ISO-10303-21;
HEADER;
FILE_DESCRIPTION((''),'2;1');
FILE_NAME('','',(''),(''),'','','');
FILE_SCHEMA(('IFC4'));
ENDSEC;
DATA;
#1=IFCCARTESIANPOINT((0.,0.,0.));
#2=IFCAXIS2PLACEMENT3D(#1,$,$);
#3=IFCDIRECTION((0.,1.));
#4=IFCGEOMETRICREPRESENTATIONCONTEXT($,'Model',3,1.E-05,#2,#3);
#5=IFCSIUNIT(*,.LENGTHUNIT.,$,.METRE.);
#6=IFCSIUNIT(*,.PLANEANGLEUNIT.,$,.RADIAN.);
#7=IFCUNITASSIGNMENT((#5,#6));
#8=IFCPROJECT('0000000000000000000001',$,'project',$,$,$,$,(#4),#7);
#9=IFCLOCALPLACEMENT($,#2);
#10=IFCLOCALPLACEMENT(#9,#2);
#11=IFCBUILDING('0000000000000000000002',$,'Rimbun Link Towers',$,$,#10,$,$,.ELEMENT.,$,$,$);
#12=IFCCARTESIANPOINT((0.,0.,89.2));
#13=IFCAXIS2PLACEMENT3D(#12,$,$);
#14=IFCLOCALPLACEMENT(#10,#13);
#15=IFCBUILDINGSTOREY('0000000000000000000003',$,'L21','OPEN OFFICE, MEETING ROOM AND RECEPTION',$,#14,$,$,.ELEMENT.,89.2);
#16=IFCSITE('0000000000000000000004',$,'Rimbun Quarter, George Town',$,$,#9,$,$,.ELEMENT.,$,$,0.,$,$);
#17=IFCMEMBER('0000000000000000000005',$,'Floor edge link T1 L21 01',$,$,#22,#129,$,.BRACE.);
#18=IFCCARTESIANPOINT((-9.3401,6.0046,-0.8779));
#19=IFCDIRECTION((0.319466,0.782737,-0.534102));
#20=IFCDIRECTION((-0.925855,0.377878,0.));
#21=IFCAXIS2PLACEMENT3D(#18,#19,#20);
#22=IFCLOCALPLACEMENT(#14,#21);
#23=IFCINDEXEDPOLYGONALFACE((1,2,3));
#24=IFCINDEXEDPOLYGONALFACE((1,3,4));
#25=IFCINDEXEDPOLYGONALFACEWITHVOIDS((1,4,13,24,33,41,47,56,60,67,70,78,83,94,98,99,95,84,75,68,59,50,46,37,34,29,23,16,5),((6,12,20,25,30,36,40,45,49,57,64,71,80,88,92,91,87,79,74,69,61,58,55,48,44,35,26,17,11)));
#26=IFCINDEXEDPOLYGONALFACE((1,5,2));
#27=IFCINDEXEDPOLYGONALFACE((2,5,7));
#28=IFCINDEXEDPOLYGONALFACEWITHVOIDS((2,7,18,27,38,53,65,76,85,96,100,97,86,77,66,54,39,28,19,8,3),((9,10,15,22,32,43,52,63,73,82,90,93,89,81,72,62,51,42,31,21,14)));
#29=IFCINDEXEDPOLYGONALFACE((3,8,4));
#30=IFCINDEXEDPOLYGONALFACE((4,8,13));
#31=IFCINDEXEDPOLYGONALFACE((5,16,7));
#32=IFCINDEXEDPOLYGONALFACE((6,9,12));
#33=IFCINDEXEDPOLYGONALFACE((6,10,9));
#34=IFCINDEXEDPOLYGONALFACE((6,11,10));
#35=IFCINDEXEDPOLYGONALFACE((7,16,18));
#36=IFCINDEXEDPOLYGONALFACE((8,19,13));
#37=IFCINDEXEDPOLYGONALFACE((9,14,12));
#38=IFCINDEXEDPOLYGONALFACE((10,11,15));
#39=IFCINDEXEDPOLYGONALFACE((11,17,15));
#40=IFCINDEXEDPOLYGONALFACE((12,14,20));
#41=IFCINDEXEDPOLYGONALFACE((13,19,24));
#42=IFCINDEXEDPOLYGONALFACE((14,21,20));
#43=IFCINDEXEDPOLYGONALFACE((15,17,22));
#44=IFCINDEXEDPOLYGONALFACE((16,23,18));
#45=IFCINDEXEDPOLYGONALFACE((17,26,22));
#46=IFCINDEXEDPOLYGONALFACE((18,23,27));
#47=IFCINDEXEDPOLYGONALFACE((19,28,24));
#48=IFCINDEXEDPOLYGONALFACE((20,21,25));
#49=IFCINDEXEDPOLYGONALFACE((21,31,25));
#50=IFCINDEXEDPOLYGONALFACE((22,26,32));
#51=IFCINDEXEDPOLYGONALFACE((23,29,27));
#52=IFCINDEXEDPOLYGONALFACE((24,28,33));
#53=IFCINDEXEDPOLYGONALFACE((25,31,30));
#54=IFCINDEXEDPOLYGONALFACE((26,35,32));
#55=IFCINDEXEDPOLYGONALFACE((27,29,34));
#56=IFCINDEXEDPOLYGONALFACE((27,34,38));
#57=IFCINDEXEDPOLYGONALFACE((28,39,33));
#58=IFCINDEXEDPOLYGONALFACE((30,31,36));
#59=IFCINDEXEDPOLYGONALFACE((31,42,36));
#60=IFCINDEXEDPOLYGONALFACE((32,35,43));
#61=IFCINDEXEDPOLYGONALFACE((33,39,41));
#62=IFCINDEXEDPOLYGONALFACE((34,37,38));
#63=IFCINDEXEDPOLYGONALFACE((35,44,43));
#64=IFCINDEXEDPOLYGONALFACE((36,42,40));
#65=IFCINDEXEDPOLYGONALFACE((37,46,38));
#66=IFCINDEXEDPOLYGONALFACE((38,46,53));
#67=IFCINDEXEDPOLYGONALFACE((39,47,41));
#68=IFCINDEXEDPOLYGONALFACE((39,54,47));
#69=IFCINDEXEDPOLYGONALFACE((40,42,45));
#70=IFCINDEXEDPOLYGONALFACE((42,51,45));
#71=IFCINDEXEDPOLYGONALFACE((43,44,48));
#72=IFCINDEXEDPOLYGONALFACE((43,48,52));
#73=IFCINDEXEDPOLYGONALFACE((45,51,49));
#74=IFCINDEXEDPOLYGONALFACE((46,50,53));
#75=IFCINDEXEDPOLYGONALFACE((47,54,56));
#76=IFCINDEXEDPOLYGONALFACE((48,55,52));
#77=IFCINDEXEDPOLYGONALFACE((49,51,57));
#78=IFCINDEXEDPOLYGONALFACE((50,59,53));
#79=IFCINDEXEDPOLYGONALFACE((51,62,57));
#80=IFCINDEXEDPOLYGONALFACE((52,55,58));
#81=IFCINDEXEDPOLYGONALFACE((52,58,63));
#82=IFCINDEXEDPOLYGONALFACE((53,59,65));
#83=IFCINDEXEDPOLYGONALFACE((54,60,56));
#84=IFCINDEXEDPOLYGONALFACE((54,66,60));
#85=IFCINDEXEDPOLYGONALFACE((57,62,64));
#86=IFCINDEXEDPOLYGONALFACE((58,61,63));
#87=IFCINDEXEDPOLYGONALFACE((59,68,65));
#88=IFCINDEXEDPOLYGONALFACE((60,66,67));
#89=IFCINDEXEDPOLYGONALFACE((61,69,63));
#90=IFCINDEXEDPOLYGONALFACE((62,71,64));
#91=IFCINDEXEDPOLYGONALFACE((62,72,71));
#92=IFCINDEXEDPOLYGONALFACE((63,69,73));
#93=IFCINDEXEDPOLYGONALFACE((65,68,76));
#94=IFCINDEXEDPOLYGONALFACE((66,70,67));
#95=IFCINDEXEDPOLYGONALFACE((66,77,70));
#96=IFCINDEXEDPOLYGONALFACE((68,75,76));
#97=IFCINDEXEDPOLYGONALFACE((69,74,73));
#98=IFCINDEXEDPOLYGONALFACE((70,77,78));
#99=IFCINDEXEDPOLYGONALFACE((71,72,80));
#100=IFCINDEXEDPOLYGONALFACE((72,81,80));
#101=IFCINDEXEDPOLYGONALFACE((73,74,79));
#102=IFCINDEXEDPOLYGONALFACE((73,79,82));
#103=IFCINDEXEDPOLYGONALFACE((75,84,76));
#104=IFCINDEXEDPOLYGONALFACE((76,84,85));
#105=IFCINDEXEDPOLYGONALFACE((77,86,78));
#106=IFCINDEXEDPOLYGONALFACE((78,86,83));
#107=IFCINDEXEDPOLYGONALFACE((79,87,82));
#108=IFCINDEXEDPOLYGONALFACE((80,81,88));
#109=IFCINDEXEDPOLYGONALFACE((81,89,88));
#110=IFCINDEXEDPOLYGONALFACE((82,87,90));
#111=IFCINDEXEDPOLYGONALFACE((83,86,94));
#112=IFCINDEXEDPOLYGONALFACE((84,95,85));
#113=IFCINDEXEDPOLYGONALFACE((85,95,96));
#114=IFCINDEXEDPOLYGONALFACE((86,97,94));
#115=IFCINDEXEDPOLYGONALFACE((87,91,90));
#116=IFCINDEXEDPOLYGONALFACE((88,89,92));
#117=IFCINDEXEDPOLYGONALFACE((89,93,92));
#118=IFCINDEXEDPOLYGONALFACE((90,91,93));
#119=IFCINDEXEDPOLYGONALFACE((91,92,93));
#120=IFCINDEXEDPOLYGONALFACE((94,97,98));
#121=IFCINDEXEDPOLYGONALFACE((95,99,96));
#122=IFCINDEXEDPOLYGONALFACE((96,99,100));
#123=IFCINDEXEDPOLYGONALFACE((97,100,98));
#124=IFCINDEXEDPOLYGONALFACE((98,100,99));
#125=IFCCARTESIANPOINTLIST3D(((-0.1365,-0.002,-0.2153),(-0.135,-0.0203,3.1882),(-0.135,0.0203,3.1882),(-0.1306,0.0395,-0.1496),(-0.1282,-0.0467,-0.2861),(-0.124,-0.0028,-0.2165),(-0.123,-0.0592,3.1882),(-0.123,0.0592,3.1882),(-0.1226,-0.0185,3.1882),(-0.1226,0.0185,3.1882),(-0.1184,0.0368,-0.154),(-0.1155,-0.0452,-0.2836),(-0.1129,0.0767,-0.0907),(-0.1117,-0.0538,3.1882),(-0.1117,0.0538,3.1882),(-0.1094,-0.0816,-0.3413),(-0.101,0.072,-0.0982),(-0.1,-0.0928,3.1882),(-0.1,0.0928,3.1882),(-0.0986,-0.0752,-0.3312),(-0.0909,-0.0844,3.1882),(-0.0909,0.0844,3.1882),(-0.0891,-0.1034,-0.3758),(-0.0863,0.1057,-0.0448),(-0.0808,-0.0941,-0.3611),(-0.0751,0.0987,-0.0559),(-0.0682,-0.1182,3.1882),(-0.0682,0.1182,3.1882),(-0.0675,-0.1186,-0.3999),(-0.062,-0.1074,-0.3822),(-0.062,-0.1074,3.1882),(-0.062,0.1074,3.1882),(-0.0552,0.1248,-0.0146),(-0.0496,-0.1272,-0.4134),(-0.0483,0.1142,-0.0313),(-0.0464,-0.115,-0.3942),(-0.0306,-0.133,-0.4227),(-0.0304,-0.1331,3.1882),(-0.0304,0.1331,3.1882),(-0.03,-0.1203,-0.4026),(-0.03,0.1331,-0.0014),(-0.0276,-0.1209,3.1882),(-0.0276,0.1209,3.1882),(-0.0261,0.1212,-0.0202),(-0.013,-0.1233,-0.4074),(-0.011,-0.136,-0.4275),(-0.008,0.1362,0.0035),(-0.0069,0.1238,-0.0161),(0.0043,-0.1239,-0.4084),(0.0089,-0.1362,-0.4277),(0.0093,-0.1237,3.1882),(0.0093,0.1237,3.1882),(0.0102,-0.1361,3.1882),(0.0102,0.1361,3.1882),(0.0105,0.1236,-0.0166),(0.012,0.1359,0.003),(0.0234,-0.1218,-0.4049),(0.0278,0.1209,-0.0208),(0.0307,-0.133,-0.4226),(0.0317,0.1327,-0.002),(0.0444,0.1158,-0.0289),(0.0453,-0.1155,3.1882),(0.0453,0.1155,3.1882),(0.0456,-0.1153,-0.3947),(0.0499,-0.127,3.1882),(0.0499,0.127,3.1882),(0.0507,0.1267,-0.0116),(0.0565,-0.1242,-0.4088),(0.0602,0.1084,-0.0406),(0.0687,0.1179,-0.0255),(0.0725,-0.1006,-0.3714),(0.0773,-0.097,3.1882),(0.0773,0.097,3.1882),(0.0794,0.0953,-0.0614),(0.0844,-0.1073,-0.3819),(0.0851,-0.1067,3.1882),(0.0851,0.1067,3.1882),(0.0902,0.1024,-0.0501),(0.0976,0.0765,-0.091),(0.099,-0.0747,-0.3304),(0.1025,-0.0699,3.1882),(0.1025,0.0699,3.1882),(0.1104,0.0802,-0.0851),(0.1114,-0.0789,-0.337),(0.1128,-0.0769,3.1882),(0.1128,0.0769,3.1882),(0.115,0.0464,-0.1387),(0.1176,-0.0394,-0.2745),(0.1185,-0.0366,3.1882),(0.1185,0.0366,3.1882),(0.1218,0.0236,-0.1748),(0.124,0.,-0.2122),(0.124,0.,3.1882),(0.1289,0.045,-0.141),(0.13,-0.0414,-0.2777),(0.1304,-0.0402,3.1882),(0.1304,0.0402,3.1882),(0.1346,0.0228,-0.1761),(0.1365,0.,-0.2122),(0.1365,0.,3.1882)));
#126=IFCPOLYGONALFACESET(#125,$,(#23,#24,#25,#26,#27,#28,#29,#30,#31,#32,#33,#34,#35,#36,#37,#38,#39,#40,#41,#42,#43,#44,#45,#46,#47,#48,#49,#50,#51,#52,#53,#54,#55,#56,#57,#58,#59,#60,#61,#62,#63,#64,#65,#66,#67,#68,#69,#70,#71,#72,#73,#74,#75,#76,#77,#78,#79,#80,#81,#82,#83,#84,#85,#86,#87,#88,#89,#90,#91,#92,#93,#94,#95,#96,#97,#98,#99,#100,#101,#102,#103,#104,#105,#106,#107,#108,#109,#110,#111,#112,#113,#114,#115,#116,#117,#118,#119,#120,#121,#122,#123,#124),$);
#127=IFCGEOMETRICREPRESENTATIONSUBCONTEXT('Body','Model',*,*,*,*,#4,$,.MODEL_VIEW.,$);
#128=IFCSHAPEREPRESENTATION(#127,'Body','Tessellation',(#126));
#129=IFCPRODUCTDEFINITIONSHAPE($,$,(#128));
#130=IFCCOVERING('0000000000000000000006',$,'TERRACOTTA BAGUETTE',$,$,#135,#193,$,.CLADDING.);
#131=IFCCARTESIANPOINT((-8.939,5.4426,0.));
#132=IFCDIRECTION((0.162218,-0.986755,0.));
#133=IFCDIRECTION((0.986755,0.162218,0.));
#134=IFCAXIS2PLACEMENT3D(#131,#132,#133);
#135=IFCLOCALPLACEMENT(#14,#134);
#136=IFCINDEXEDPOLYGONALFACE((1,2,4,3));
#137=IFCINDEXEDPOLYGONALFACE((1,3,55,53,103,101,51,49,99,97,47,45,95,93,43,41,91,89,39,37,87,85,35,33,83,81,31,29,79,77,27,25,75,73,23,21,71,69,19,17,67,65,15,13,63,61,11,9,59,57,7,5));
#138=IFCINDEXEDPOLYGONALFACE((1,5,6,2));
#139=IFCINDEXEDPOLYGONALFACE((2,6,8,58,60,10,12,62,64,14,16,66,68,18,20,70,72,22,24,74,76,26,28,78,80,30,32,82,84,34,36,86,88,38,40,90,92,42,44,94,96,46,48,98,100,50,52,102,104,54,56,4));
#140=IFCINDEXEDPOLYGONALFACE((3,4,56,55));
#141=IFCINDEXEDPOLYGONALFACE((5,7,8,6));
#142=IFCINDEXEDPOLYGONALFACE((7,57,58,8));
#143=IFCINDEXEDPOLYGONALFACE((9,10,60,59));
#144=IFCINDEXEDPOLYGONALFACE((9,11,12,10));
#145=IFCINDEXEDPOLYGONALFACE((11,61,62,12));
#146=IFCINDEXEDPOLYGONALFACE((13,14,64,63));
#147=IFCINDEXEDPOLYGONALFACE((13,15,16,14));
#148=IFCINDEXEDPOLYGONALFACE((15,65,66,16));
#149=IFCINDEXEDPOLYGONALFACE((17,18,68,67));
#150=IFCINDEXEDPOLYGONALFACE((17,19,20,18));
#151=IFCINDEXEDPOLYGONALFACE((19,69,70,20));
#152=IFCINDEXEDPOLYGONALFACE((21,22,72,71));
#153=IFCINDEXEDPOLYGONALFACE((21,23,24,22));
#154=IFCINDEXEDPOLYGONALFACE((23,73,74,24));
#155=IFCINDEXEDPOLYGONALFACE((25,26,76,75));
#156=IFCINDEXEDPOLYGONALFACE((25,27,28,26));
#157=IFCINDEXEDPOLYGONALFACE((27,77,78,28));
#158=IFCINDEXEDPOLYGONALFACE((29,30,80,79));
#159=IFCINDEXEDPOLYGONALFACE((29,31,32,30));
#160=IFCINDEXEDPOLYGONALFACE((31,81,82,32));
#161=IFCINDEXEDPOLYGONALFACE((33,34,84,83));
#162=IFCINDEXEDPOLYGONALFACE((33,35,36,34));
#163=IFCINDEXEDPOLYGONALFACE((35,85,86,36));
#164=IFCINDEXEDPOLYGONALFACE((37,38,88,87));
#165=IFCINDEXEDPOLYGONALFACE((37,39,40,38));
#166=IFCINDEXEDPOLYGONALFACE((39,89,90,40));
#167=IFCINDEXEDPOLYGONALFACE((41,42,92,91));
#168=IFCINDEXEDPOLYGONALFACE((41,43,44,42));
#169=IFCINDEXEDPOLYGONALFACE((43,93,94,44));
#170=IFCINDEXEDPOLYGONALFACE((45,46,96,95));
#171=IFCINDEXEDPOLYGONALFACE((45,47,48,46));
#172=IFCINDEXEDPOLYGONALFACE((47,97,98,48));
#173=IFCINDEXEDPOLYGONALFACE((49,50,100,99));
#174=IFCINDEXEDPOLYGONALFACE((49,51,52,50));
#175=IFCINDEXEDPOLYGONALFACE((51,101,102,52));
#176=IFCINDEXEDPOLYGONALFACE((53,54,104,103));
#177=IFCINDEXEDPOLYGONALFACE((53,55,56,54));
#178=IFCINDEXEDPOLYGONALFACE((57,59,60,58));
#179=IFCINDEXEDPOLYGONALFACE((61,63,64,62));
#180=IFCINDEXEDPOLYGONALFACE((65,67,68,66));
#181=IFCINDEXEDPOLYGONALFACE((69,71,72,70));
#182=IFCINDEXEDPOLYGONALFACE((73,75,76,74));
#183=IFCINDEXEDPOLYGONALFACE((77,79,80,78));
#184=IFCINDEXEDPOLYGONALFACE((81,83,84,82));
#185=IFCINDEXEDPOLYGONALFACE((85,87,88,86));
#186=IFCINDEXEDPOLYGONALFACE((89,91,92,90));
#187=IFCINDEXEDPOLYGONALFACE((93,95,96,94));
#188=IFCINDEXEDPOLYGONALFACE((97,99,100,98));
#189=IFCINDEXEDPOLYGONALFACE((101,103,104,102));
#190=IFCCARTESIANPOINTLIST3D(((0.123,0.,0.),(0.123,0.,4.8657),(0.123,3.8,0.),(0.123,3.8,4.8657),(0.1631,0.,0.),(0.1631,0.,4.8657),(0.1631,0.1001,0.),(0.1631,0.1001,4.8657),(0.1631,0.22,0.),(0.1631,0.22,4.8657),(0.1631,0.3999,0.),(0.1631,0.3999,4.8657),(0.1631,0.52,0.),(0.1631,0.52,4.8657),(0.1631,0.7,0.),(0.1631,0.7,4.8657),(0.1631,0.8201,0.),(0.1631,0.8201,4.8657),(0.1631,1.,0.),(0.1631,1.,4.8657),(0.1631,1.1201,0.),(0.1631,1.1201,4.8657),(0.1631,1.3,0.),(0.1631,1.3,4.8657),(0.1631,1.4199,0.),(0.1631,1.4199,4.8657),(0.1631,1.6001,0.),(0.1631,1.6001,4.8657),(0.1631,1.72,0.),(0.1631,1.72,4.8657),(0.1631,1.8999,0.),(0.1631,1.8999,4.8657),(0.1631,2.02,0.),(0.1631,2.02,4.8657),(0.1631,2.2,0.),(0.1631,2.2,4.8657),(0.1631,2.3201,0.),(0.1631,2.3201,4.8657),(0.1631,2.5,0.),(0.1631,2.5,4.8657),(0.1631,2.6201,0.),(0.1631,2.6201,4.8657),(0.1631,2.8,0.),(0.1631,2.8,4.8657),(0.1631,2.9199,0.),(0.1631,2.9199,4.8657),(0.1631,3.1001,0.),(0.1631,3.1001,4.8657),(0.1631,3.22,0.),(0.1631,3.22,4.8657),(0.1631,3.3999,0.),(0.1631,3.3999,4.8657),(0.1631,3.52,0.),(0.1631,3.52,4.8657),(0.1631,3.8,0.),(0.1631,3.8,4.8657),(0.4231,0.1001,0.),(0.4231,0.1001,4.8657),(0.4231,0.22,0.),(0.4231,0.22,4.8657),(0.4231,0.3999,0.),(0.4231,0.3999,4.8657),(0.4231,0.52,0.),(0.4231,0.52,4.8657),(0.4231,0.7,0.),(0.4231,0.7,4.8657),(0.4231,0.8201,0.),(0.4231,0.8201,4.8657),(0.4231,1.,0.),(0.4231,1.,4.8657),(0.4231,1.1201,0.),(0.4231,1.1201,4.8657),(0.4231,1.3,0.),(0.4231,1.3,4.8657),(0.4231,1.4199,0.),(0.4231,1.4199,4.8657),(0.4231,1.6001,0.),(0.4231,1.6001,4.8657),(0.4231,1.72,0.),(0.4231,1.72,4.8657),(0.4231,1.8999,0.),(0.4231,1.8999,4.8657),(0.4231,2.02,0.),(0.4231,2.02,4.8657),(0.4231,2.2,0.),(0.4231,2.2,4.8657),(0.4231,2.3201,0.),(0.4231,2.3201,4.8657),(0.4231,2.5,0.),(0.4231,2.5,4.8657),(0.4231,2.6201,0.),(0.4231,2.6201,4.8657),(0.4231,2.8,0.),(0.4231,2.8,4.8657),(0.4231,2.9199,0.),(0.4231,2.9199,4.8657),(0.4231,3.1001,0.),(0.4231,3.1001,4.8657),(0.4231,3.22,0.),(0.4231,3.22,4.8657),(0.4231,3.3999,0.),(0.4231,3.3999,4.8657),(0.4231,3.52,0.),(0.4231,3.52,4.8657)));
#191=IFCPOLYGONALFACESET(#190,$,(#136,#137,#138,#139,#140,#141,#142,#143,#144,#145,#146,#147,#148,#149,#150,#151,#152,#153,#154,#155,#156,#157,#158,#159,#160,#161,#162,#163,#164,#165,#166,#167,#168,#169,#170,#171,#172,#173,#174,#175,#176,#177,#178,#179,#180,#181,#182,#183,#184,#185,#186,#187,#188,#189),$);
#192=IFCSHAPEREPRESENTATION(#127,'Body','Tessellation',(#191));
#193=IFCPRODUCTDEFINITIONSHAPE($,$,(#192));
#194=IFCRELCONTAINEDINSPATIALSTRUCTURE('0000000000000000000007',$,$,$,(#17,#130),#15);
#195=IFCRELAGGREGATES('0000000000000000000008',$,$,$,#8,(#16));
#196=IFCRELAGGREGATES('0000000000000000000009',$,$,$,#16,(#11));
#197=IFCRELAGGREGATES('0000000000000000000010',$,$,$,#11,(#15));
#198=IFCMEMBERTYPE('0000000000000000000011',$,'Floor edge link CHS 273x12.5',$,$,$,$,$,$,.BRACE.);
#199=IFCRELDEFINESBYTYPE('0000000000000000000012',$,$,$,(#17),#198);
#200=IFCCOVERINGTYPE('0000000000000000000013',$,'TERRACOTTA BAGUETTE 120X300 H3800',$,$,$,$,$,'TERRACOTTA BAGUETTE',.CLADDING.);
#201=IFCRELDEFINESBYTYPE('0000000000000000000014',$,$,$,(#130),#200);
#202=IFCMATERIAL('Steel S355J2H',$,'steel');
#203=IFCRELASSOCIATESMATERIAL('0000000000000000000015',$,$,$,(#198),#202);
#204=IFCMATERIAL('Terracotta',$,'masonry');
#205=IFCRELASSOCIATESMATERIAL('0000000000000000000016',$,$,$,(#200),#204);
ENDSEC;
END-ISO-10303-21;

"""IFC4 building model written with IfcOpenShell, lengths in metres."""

from ifc_helpers import new_model, si_unit, direction, frame, origin, origin_2d, place, context, subcontext, project, spatial, polyline, hollow_circle, outline, extrude, clip, halfspace, material, material_profile, profile_set, type_object, element, save


model = new_model("IFC4")

# Units and contexts
model_context = context("Model", 3, precision=1e-05, world=origin(), true_north=direction((0.0, 1.0)))
body_context = subcontext(model_context, "Body", "Model", "MODEL_VIEW")
ifc_project = project(units=[si_unit("LENGTHUNIT", "METRE"), si_unit("PLANEANGLEUNIT", "RADIAN")], contexts=[model_context])

# Site, building, storey
site_placement = place(None, origin())
site = spatial("IfcSite", under=ifc_project, at=site_placement, Name="Rimbun Quarter, George Town", CompositionType="ELEMENT", RefElevation=0.0)
building_placement = place(site_placement, origin())
building = spatial("IfcBuilding", under=site, at=building_placement, Name="Rimbun Link Towers", CompositionType="ELEMENT")
storey_placement = place(building_placement, frame((0.0, 0.0, 89.2)))
storey = spatial("IfcBuildingStorey", under=building, at=storey_placement, Name="L21", Description="OPEN OFFICE, MEETING ROOM AND RECEPTION", CompositionType="ELEMENT", Elevation=89.2)

# Member
ifc_material_1 = material(Name="Steel S355J2H", Category="steel")
ifc_material_profile_1 = material_profile(ifc_material_1, hollow_circle(Radius=0.1365, WallThickness=0.0125, at=origin_2d()), Name="CHS 273x12.5")
ifc_profile_set_1 = profile_set([ifc_material_profile_1], Name="Steel S355J2H")
member_type_1 = type_object("IfcMemberType", Name="Floor edge link CHS 273x12.5", PredefinedType="BRACE", material=ifc_profile_set_1)
member_1_placement = place(storey_placement, frame((-9.3401, 6.0046, -0.8779), z_axis=(0.319466, 0.782737, -0.534102), x_axis=(-0.925855, 0.377878, 0.0)))
element("IfcMember", 1, at=member_1_placement, inside=storey, type_object=member_type_1, Name="Floor edge link T1 L21 01", PredefinedType="BRACE", context=body_context, shape_type="Clipping", body=[
    clip(extrude(hollow_circle(Radius=0.1365, WallThickness=0.0125, at=origin_2d()), frame((0.0, 0.0, -0.4509)), (0.0, 0.0, 1.0), 3.6392), halfspace(frame((0.0, 0.0, -0.2122), z_axis=(0.0, 0.84542, -0.534102)), False)),
])

# Covering
ifc_material_2 = material(Name="Terracotta", Category="masonry")
ifc_material_profile_2 = material_profile(ifc_material_2, outline(polyline([(0.123, 0.0), (0.1631, 0.0), (0.1631, 0.1001), (0.4231, 0.1001), (0.4231, 0.22), (0.1631, 0.22), (0.1631, 0.3999), (0.4231, 0.3999), (0.4231, 0.52), (0.1631, 0.52), (0.1631, 0.7), (0.4231, 0.7), (0.4231, 0.8201), (0.1631, 0.8201), (0.1631, 1.0), (0.4231, 1.0), (0.4231, 1.1201), (0.1631, 1.1201), (0.1631, 1.3), (0.4231, 1.3), (0.4231, 1.4199), (0.1631, 1.4199), (0.1631, 1.6001), (0.4231, 1.6001), (0.4231, 1.72), (0.1631, 1.72), (0.1631, 1.8999), (0.4231, 1.8999), (0.4231, 2.02), (0.1631, 2.02), (0.1631, 2.2), (0.4231, 2.2), (0.4231, 2.3201), (0.1631, 2.3201), (0.1631, 2.5), (0.4231, 2.5), (0.4231, 2.6201), (0.1631, 2.6201), (0.1631, 2.8), (0.4231, 2.8), (0.4231, 2.9199), (0.1631, 2.9199), (0.1631, 3.1001), (0.4231, 3.1001), (0.4231, 3.22), (0.1631, 3.22), (0.1631, 3.3999), (0.4231, 3.3999), (0.4231, 3.52), (0.1631, 3.52), (0.1631, 3.8), (0.123, 3.8), (0.123, 0.0)])), Name="BAGUETTE 120X300")
ifc_profile_set_2 = profile_set([ifc_material_profile_2], Name="Terracotta")
covering_type = type_object("IfcCoveringType", Name="TERRACOTTA BAGUETTE 120X300 H3800", ElementType="TERRACOTTA BAGUETTE", PredefinedType="CLADDING", material=ifc_profile_set_2)
covering_1_placement = place(storey_placement, frame((-8.939, 5.4426, 0.0), z_axis=(0.162218, -0.986755, 0.0), x_axis=(0.986755, 0.162218, 0.0)))
element("IfcCovering", 2, at=covering_1_placement, inside=storey, type_object=covering_type, Name="TERRACOTTA BAGUETTE", PredefinedType="CLADDING", context=body_context, shape_type="SweptSolid", body=[
    extrude(outline(polyline([(0.123, 0.0), (0.1631, 0.0), (0.1631, 0.1001), (0.4231, 0.1001), (0.4231, 0.22), (0.1631, 0.22), (0.1631, 0.3999), (0.4231, 0.3999), (0.4231, 0.52), (0.1631, 0.52), (0.1631, 0.7), (0.4231, 0.7), (0.4231, 0.8201), (0.1631, 0.8201), (0.1631, 1.0), (0.4231, 1.0), (0.4231, 1.1201), (0.1631, 1.1201), (0.1631, 1.3), (0.4231, 1.3), (0.4231, 1.4199), (0.1631, 1.4199), (0.1631, 1.6001), (0.4231, 1.6001), (0.4231, 1.72), (0.1631, 1.72), (0.1631, 1.8999), (0.4231, 1.8999), (0.4231, 2.02), (0.1631, 2.02), (0.1631, 2.2), (0.4231, 2.2), (0.4231, 2.3201), (0.1631, 2.3201), (0.1631, 2.5), (0.4231, 2.5), (0.4231, 2.6201), (0.1631, 2.6201), (0.1631, 2.8), (0.4231, 2.8), (0.4231, 2.9199), (0.1631, 2.9199), (0.1631, 3.1001), (0.4231, 3.1001), (0.4231, 3.22), (0.1631, 3.22), (0.1631, 3.3999), (0.4231, 3.3999), (0.4231, 3.52), (0.1631, 3.52), (0.1631, 3.8), (0.123, 3.8), (0.123, 0.0)])), origin(), (0.0, 0.0, 1.0), 4.8657),
])

save(model, "model.ifc")
